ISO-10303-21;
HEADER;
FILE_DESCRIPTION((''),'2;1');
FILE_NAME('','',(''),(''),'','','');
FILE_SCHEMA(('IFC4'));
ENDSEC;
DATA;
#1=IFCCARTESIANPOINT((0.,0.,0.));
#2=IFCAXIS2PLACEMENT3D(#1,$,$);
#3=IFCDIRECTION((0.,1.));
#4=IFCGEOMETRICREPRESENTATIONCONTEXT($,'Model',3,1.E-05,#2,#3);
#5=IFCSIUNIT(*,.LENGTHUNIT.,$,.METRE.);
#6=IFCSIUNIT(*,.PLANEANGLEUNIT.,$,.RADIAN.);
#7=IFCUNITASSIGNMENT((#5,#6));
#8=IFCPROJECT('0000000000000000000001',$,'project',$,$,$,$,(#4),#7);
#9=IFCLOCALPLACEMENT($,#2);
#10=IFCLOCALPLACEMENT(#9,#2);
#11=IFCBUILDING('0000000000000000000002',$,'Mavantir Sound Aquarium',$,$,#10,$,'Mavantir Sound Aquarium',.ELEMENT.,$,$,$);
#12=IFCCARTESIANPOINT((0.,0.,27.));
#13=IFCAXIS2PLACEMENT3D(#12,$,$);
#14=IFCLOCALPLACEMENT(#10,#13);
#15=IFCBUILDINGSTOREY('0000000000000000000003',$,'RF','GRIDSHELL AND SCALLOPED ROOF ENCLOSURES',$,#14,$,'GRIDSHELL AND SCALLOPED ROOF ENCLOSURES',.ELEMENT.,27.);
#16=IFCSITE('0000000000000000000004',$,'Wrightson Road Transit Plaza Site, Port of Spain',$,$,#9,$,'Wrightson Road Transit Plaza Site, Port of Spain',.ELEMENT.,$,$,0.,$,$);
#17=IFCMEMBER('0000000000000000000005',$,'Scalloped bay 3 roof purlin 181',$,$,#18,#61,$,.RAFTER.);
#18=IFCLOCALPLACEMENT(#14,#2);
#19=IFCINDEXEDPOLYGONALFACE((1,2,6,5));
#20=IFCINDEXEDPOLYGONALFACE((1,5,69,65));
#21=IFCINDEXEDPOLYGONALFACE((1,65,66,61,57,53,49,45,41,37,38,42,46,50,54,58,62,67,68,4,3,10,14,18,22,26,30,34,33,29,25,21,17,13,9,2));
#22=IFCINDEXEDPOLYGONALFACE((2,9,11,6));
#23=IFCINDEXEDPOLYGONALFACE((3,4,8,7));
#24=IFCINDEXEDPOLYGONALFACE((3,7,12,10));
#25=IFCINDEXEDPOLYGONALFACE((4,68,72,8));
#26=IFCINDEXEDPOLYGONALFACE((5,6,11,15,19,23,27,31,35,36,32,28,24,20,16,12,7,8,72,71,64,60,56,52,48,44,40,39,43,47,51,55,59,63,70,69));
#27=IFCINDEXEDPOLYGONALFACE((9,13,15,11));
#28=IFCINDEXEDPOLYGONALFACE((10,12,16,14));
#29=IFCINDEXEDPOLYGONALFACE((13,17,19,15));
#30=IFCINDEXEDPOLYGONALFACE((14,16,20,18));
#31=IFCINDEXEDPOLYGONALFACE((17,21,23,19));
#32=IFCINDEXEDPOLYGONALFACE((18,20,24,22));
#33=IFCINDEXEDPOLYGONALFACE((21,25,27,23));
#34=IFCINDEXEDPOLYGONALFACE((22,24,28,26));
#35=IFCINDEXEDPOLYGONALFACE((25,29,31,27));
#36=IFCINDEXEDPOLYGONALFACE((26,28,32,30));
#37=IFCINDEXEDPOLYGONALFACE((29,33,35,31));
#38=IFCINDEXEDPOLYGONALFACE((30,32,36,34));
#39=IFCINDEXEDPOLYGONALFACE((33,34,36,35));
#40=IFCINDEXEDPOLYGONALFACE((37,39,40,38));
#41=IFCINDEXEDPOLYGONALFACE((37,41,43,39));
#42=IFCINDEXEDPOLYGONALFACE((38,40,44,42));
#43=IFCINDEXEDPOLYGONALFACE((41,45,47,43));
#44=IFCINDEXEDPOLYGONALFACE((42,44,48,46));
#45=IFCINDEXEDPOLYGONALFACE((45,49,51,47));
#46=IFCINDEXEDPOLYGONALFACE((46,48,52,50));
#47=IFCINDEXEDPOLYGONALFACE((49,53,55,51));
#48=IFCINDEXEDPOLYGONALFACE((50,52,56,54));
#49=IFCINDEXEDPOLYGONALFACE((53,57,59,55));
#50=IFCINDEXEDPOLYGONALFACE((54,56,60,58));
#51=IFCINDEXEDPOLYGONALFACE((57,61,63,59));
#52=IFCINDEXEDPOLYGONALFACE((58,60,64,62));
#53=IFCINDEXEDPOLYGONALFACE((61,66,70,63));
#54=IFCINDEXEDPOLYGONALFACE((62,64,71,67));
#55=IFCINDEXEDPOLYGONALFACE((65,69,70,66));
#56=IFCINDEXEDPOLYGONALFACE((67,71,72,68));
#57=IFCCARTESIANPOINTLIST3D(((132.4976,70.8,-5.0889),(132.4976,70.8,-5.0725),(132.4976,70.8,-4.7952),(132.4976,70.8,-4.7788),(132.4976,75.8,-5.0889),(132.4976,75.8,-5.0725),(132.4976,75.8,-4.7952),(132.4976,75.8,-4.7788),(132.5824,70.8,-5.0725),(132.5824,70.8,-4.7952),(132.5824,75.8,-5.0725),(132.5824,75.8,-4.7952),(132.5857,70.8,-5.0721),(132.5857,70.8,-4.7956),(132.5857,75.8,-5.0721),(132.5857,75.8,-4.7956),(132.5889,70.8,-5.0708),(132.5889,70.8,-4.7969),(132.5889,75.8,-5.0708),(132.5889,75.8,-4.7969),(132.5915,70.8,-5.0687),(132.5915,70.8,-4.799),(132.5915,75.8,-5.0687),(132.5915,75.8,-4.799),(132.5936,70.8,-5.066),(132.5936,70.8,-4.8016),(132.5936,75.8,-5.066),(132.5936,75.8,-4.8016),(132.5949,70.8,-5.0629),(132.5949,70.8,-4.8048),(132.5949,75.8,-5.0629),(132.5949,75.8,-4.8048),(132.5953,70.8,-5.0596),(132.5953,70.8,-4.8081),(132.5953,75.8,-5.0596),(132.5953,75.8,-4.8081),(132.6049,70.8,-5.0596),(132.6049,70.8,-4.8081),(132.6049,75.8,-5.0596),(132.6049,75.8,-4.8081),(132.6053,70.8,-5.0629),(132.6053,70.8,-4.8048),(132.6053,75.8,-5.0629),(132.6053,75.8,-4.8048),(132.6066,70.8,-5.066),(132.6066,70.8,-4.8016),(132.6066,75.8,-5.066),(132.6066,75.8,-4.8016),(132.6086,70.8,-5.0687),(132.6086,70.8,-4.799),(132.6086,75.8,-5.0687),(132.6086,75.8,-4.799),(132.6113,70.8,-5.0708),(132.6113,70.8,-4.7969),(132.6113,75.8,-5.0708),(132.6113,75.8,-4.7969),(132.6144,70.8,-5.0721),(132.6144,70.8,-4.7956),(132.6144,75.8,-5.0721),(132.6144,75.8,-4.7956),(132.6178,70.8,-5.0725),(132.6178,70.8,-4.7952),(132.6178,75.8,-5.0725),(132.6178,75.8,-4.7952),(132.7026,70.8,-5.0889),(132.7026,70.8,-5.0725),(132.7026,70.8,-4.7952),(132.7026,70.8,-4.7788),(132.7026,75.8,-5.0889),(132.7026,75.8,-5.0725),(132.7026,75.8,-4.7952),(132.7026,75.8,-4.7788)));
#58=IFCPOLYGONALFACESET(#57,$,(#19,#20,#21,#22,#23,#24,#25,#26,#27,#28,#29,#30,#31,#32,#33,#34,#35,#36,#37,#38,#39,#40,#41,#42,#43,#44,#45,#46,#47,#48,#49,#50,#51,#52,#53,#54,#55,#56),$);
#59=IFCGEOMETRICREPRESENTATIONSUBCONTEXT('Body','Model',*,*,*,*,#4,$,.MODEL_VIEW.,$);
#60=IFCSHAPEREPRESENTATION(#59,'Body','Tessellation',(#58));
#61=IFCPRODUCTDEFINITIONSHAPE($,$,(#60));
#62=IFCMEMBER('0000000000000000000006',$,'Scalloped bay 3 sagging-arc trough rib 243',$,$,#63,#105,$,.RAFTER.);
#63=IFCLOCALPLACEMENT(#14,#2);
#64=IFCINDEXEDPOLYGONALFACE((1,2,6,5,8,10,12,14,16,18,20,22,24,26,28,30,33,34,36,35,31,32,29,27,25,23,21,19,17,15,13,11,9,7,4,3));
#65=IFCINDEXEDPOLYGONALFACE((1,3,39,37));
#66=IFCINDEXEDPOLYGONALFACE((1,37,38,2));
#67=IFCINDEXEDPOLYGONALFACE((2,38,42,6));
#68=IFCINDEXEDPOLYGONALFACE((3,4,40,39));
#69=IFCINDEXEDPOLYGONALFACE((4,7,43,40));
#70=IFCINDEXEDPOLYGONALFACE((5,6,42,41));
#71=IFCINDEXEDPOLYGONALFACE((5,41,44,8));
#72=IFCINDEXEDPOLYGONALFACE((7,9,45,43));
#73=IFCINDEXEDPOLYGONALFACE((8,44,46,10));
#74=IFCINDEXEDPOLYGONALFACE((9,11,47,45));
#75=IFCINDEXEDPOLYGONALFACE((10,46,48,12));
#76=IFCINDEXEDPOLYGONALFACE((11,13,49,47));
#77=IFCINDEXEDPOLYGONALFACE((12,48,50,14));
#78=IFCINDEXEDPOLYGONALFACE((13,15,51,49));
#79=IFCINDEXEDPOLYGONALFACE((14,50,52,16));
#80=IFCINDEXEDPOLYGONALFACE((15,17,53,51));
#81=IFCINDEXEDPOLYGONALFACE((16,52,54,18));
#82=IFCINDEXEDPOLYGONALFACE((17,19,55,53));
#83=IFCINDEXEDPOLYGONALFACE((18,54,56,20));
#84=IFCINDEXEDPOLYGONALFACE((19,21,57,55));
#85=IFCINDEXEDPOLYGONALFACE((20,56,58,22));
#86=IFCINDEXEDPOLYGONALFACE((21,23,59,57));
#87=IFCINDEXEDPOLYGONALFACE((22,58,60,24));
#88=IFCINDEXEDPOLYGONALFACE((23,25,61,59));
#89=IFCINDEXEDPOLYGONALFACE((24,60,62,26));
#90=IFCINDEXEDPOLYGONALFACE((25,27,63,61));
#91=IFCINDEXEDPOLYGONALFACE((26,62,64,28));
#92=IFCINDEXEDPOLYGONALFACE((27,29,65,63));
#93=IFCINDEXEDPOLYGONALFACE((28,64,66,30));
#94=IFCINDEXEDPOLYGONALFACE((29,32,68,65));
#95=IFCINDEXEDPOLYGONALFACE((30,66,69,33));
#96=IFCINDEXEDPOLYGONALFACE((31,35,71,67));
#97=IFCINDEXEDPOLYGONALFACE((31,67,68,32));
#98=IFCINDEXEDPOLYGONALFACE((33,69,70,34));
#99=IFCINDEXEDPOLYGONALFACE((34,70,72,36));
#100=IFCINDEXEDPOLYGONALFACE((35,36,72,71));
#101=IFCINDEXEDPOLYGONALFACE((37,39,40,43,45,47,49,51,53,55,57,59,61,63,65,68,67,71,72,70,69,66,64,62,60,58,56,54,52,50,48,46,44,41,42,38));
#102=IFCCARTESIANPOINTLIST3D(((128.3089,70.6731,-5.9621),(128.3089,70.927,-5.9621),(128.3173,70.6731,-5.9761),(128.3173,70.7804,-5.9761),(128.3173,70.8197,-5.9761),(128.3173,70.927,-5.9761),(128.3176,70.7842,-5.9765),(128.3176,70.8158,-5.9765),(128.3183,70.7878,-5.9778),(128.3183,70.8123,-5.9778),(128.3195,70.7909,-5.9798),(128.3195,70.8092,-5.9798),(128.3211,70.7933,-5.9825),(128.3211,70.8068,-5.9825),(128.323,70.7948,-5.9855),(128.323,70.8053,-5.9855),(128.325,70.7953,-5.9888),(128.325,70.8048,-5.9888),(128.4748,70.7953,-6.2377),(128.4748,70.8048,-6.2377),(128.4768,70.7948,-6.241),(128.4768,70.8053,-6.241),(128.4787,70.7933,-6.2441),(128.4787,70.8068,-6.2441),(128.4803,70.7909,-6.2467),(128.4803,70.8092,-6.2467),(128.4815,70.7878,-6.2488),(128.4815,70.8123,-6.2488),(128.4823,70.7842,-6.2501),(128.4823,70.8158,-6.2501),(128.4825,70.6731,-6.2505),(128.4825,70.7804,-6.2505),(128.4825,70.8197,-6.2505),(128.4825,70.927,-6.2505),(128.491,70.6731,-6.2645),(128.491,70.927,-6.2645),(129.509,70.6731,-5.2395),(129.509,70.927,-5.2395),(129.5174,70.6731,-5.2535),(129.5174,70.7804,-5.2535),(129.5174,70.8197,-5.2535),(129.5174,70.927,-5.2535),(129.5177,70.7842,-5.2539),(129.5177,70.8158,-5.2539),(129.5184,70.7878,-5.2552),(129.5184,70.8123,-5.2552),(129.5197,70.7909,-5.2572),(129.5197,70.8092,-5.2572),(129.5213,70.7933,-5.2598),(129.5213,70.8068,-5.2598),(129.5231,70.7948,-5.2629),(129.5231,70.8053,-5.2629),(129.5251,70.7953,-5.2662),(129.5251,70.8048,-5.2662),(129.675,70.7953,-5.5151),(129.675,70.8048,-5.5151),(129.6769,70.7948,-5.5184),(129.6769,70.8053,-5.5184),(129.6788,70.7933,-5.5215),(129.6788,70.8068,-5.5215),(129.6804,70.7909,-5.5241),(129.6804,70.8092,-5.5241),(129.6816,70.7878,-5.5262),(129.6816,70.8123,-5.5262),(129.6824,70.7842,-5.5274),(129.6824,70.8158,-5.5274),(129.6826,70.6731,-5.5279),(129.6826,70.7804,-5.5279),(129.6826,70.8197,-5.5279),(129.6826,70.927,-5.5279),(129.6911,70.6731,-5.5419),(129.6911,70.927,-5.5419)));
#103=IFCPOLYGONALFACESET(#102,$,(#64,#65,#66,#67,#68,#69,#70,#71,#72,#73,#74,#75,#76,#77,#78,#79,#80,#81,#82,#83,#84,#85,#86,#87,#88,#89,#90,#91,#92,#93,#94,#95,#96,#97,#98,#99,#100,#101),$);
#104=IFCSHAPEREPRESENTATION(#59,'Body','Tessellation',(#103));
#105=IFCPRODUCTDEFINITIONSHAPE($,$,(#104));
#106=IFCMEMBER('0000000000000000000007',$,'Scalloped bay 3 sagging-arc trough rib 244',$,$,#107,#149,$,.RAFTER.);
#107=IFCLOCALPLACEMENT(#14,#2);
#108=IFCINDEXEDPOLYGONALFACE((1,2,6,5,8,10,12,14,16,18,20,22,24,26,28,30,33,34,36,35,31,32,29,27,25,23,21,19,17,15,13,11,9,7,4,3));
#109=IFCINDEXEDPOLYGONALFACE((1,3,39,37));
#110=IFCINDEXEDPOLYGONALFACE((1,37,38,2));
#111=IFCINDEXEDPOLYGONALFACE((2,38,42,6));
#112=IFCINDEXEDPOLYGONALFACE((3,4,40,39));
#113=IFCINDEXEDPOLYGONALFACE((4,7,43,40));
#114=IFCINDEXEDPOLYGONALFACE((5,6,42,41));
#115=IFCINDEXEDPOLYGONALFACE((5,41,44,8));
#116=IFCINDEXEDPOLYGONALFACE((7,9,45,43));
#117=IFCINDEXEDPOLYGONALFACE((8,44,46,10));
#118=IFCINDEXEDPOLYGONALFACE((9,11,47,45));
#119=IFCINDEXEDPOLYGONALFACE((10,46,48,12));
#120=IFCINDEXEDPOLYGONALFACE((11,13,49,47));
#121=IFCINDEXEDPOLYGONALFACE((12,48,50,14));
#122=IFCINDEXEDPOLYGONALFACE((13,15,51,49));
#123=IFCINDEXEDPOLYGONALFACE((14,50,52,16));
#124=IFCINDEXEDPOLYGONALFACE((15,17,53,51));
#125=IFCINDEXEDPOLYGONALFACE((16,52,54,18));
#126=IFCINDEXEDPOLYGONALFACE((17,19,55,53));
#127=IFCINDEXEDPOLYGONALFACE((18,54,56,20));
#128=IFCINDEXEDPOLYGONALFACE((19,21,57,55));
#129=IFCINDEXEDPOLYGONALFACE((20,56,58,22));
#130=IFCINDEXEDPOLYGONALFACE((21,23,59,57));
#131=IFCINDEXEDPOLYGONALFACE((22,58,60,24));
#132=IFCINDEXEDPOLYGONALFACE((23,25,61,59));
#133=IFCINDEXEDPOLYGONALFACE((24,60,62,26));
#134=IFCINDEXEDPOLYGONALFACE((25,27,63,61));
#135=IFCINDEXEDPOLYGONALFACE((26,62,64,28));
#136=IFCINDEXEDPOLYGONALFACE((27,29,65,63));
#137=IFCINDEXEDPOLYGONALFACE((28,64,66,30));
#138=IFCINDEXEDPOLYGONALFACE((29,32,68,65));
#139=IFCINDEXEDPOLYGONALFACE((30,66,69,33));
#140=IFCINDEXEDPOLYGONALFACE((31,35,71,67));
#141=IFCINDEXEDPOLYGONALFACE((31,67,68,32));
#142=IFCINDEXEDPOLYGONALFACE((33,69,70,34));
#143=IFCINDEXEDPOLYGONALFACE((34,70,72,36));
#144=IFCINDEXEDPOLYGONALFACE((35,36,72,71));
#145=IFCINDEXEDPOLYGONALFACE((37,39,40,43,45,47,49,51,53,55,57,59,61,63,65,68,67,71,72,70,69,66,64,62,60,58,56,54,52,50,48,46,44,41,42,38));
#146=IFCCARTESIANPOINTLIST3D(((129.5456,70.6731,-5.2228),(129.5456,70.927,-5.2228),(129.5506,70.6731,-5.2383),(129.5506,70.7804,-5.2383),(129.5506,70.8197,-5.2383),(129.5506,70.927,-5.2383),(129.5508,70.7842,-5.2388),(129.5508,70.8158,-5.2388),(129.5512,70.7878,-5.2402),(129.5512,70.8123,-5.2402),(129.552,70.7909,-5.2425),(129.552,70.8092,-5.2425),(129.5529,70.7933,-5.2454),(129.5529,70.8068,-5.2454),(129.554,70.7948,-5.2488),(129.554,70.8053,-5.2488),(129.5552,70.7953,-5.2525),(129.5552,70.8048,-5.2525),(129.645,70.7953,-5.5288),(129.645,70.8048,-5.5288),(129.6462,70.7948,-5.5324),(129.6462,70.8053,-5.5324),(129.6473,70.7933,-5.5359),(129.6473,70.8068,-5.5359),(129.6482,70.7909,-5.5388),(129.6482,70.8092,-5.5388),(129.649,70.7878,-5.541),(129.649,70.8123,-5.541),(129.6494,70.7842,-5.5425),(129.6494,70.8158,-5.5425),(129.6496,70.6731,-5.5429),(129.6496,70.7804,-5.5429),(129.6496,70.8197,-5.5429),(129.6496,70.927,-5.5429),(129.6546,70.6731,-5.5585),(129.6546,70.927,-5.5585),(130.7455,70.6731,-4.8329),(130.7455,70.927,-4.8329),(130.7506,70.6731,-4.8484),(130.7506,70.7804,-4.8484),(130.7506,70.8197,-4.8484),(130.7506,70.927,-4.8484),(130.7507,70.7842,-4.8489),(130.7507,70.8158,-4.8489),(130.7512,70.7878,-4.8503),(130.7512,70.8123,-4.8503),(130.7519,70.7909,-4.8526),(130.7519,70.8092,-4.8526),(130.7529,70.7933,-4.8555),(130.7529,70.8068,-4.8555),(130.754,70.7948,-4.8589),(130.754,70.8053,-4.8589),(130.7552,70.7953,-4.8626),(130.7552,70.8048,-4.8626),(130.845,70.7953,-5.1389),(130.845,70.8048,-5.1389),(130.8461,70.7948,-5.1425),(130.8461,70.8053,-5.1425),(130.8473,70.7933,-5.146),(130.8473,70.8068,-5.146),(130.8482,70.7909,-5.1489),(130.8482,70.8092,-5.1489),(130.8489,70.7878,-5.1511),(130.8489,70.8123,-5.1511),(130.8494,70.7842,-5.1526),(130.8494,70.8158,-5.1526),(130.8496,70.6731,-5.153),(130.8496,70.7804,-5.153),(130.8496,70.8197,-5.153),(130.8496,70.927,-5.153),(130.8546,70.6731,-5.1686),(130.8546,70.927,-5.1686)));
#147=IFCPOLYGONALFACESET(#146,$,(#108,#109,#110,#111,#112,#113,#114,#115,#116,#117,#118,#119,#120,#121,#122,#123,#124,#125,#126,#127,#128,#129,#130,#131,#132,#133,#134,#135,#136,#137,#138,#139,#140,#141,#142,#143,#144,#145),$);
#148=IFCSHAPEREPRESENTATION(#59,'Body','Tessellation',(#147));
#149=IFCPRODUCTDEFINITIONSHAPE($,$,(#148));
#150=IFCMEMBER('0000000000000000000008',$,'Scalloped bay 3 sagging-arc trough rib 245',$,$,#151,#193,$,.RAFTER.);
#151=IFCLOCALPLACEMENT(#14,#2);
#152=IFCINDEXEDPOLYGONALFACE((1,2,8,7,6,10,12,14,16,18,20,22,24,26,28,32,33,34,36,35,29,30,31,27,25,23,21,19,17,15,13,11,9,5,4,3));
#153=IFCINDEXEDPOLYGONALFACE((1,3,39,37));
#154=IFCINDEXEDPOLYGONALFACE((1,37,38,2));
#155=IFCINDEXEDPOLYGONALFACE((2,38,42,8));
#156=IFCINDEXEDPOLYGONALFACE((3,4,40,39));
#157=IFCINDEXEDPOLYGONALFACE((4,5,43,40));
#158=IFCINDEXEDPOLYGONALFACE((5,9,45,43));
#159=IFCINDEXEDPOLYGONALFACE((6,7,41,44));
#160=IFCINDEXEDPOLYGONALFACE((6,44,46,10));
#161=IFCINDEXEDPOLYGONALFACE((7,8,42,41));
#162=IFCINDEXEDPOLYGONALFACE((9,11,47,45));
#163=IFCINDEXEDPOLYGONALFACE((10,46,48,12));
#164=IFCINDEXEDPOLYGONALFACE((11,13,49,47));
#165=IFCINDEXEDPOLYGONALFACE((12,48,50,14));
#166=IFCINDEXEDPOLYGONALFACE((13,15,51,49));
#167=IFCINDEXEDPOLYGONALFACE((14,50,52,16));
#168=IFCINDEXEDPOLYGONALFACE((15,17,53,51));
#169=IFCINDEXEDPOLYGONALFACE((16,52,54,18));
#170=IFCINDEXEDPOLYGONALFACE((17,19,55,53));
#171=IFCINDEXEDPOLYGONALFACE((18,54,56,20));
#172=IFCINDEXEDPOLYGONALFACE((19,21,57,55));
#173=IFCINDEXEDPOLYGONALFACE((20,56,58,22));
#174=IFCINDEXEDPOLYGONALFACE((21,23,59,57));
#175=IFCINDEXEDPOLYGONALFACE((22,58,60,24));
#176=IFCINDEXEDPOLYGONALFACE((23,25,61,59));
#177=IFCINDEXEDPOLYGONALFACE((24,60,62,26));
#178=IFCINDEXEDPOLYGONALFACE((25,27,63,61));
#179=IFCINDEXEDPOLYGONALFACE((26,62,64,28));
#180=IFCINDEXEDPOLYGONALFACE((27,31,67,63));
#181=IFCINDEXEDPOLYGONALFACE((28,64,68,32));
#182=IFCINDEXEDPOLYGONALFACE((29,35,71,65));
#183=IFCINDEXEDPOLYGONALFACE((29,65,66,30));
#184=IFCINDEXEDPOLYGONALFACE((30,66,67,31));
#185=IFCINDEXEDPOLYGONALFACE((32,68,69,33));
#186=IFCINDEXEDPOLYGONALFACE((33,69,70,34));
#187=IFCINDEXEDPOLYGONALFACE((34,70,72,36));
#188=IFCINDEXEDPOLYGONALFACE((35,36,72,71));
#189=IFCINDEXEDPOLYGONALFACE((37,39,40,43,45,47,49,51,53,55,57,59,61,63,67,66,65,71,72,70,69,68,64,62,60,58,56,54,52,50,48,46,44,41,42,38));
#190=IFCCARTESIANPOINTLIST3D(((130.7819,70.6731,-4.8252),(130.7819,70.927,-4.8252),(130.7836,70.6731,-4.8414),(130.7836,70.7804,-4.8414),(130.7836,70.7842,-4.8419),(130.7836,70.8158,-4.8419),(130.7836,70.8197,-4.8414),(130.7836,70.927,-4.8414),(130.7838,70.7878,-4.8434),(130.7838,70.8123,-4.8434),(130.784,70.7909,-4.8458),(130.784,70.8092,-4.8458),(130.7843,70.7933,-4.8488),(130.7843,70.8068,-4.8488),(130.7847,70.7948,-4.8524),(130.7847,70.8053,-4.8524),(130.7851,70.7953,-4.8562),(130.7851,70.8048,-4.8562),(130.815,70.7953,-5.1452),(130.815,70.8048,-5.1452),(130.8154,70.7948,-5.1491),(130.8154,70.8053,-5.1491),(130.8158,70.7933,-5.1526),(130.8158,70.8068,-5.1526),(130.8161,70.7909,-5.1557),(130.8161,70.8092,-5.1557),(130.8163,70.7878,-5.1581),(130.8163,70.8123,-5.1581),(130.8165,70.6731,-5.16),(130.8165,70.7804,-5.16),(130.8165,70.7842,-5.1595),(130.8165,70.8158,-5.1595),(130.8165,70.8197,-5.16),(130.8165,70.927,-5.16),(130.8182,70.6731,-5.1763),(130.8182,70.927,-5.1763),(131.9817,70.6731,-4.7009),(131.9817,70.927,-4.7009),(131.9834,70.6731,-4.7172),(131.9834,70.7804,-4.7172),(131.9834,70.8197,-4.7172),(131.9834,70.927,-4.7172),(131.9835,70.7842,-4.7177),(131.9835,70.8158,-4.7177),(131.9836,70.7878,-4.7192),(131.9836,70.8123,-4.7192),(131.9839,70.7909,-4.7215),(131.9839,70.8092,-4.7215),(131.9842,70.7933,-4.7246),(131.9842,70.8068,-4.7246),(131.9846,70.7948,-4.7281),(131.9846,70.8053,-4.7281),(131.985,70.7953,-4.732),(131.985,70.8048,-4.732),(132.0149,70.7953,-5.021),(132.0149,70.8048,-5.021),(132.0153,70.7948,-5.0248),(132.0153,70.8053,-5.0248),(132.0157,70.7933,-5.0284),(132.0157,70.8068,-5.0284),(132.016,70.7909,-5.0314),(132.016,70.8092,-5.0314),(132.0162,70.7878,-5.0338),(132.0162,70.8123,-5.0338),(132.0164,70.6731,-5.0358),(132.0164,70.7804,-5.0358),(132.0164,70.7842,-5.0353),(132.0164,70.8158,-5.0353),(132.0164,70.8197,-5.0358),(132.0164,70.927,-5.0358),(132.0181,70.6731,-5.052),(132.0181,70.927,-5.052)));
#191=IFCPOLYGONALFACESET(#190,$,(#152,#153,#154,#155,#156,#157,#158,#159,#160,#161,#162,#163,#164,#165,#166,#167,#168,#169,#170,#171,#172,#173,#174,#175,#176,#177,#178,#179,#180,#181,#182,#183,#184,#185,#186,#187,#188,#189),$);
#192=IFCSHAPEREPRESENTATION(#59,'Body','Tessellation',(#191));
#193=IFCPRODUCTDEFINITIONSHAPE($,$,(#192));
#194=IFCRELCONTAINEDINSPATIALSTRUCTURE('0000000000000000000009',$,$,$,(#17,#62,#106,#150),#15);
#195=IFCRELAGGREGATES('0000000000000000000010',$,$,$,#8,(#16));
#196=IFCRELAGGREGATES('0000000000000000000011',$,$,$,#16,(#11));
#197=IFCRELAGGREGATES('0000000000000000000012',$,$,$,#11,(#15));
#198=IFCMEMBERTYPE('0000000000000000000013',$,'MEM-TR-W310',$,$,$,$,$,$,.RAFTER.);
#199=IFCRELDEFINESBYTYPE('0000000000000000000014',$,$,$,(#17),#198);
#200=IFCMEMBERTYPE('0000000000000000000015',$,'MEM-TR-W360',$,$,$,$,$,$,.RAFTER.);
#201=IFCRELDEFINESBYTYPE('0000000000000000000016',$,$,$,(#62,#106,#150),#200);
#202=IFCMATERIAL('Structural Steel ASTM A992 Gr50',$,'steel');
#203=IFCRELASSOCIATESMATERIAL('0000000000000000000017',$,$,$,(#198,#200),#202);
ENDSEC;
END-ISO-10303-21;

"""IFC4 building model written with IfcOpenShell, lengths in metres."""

from ifc_helpers import new_model, si_unit, direction, frame, origin, origin_2d, place, context, subcontext, project, spatial, i_section, extrude, material, material_profile, profile_set, type_object, element, save


model = new_model("IFC4")

# Units and contexts
model_context = context("Model", 3, precision=1e-05, world=origin(), true_north=direction((0.0, 1.0)))
body_context = subcontext(model_context, "Body", "Model", "MODEL_VIEW")
ifc_project = project(units=[si_unit("LENGTHUNIT", "METRE"), si_unit("PLANEANGLEUNIT", "RADIAN")], contexts=[model_context])

# Site, building, storey
site_placement = place(None, origin())
site = spatial("IfcSite", under=ifc_project, at=site_placement, Name="Wrightson Road Transit Plaza Site, Port of Spain", LongName="Wrightson Road Transit Plaza Site, Port of Spain", CompositionType="ELEMENT", RefElevation=0.0)
building_placement = place(site_placement, origin())
building = spatial("IfcBuilding", under=site, at=building_placement, Name="Mavantir Sound Aquarium", LongName="Mavantir Sound Aquarium", CompositionType="ELEMENT")
storey_placement = place(building_placement, frame((0.0, 0.0, 27.0)))
storey = spatial("IfcBuildingStorey", under=building, at=storey_placement, Name="RF", Description="GRIDSHELL AND SCALLOPED ROOF ENCLOSURES", LongName="GRIDSHELL AND SCALLOPED ROOF ENCLOSURES", CompositionType="ELEMENT", Elevation=27.0)

# Shared definitions
ifc_material_1 = material(Name="Structural Steel ASTM A992 Gr50", Category="steel")

# Members
ifc_material_profile_1 = material_profile(ifc_material_1, i_section(OverallWidth=0.2051, OverallDepth=0.3101, WebThickness=0.0095, FlangeThickness=0.0164, FilletRadius=0.0129, at=origin_2d()), Name="W310X74")
ifc_profile_set_1 = profile_set([ifc_material_profile_1], Name="Structural Steel ASTM A992 Gr50")
member_type_1 = type_object("IfcMemberType", Name="MEM-TR-W310", PredefinedType="RAFTER", material=ifc_profile_set_1)
for number, where, z_axis, x_axis, name in (
    (1, (132.6001, 70.8, -4.9338), (0.0, 1.0, 0.0), (-1.0, 0.0, 0.0), "Scalloped bay 3 roof purlin 181"),
):
    element("IfcMember", number, at=place(storey_placement, frame(where, z_axis=z_axis, x_axis=x_axis)), inside=storey, type_object=member_type_1, Name=name, PredefinedType="RAFTER", context=body_context, shape_type="SweptSolid", body=[
        extrude(i_section(OverallWidth=0.2051, OverallDepth=0.3101, WebThickness=0.0095, FlangeThickness=0.0164, FilletRadius=0.0129, at=origin_2d()), origin(), (0.0, 0.0, 1.0), 5.0),
    ])
ifc_material_profile_2 = material_profile(ifc_material_1, i_section(OverallWidth=0.2539, OverallDepth=0.353, WebThickness=0.0095, FlangeThickness=0.0164, FilletRadius=0.0149, at=origin_2d()), Name="W360X91")
ifc_profile_set_2 = profile_set([ifc_material_profile_2], Name="Structural Steel ASTM A992 Gr50")
member_type_2 = type_object("IfcMemberType", Name="MEM-TR-W360", PredefinedType="RAFTER", material=ifc_profile_set_2)
member_1_placement = place(storey_placement, frame((128.3999, 70.8, -6.1133), z_axis=(0.856692, 0.0, 0.515828), x_axis=(0.0, 1.0, 0.0)))
element("IfcMember", 2, at=member_1_placement, inside=storey, type_object=member_type_2, Name="Scalloped bay 3 sagging-arc trough rib 243", PredefinedType="RAFTER", context=body_context, shape_type="SweptSolid", body=[
    extrude(i_section(OverallWidth=0.2539, OverallDepth=0.353, WebThickness=0.0095, FlangeThickness=0.0164, FilletRadius=0.0149, at=origin_2d()), origin(), (0.0, 0.0, 1.0), 1.4009),
])
member_2_placement = place(storey_placement, frame((129.6001, 70.8, -5.3906), z_axis=(0.951055, 0.0, 0.30902), x_axis=(0.0, 1.0, 0.0)))
element("IfcMember", 3, at=member_2_placement, inside=storey, type_object=member_type_2, Name="Scalloped bay 3 sagging-arc trough rib 244", PredefinedType="RAFTER", context=body_context, shape_type="SweptSolid", body=[
    extrude(i_section(OverallWidth=0.2539, OverallDepth=0.353, WebThickness=0.0095, FlangeThickness=0.0164, FilletRadius=0.0149, at=origin_2d()), origin(), (0.0, 0.0, 1.0), 1.2617),
])
for number, where, z_axis, x_axis, name in (
    (4, (130.8, 70.8, -5.0007), (0.99468, 0.0, 0.10301), (0.0, 1.0, 0.0), "Scalloped bay 3 sagging-arc trough rib 245"),
):
    element("IfcMember", number, at=place(storey_placement, frame(where, z_axis=z_axis, x_axis=x_axis)), inside=storey, type_object=member_type_2, Name=name, PredefinedType="RAFTER", context=body_context, shape_type="SweptSolid", body=[
        extrude(i_section(OverallWidth=0.2539, OverallDepth=0.353, WebThickness=0.0095, FlangeThickness=0.0164, FilletRadius=0.0149, at=origin_2d()), origin(), (0.0, 0.0, 1.0), 1.2063),
    ])

save(model, "model.ifc")
